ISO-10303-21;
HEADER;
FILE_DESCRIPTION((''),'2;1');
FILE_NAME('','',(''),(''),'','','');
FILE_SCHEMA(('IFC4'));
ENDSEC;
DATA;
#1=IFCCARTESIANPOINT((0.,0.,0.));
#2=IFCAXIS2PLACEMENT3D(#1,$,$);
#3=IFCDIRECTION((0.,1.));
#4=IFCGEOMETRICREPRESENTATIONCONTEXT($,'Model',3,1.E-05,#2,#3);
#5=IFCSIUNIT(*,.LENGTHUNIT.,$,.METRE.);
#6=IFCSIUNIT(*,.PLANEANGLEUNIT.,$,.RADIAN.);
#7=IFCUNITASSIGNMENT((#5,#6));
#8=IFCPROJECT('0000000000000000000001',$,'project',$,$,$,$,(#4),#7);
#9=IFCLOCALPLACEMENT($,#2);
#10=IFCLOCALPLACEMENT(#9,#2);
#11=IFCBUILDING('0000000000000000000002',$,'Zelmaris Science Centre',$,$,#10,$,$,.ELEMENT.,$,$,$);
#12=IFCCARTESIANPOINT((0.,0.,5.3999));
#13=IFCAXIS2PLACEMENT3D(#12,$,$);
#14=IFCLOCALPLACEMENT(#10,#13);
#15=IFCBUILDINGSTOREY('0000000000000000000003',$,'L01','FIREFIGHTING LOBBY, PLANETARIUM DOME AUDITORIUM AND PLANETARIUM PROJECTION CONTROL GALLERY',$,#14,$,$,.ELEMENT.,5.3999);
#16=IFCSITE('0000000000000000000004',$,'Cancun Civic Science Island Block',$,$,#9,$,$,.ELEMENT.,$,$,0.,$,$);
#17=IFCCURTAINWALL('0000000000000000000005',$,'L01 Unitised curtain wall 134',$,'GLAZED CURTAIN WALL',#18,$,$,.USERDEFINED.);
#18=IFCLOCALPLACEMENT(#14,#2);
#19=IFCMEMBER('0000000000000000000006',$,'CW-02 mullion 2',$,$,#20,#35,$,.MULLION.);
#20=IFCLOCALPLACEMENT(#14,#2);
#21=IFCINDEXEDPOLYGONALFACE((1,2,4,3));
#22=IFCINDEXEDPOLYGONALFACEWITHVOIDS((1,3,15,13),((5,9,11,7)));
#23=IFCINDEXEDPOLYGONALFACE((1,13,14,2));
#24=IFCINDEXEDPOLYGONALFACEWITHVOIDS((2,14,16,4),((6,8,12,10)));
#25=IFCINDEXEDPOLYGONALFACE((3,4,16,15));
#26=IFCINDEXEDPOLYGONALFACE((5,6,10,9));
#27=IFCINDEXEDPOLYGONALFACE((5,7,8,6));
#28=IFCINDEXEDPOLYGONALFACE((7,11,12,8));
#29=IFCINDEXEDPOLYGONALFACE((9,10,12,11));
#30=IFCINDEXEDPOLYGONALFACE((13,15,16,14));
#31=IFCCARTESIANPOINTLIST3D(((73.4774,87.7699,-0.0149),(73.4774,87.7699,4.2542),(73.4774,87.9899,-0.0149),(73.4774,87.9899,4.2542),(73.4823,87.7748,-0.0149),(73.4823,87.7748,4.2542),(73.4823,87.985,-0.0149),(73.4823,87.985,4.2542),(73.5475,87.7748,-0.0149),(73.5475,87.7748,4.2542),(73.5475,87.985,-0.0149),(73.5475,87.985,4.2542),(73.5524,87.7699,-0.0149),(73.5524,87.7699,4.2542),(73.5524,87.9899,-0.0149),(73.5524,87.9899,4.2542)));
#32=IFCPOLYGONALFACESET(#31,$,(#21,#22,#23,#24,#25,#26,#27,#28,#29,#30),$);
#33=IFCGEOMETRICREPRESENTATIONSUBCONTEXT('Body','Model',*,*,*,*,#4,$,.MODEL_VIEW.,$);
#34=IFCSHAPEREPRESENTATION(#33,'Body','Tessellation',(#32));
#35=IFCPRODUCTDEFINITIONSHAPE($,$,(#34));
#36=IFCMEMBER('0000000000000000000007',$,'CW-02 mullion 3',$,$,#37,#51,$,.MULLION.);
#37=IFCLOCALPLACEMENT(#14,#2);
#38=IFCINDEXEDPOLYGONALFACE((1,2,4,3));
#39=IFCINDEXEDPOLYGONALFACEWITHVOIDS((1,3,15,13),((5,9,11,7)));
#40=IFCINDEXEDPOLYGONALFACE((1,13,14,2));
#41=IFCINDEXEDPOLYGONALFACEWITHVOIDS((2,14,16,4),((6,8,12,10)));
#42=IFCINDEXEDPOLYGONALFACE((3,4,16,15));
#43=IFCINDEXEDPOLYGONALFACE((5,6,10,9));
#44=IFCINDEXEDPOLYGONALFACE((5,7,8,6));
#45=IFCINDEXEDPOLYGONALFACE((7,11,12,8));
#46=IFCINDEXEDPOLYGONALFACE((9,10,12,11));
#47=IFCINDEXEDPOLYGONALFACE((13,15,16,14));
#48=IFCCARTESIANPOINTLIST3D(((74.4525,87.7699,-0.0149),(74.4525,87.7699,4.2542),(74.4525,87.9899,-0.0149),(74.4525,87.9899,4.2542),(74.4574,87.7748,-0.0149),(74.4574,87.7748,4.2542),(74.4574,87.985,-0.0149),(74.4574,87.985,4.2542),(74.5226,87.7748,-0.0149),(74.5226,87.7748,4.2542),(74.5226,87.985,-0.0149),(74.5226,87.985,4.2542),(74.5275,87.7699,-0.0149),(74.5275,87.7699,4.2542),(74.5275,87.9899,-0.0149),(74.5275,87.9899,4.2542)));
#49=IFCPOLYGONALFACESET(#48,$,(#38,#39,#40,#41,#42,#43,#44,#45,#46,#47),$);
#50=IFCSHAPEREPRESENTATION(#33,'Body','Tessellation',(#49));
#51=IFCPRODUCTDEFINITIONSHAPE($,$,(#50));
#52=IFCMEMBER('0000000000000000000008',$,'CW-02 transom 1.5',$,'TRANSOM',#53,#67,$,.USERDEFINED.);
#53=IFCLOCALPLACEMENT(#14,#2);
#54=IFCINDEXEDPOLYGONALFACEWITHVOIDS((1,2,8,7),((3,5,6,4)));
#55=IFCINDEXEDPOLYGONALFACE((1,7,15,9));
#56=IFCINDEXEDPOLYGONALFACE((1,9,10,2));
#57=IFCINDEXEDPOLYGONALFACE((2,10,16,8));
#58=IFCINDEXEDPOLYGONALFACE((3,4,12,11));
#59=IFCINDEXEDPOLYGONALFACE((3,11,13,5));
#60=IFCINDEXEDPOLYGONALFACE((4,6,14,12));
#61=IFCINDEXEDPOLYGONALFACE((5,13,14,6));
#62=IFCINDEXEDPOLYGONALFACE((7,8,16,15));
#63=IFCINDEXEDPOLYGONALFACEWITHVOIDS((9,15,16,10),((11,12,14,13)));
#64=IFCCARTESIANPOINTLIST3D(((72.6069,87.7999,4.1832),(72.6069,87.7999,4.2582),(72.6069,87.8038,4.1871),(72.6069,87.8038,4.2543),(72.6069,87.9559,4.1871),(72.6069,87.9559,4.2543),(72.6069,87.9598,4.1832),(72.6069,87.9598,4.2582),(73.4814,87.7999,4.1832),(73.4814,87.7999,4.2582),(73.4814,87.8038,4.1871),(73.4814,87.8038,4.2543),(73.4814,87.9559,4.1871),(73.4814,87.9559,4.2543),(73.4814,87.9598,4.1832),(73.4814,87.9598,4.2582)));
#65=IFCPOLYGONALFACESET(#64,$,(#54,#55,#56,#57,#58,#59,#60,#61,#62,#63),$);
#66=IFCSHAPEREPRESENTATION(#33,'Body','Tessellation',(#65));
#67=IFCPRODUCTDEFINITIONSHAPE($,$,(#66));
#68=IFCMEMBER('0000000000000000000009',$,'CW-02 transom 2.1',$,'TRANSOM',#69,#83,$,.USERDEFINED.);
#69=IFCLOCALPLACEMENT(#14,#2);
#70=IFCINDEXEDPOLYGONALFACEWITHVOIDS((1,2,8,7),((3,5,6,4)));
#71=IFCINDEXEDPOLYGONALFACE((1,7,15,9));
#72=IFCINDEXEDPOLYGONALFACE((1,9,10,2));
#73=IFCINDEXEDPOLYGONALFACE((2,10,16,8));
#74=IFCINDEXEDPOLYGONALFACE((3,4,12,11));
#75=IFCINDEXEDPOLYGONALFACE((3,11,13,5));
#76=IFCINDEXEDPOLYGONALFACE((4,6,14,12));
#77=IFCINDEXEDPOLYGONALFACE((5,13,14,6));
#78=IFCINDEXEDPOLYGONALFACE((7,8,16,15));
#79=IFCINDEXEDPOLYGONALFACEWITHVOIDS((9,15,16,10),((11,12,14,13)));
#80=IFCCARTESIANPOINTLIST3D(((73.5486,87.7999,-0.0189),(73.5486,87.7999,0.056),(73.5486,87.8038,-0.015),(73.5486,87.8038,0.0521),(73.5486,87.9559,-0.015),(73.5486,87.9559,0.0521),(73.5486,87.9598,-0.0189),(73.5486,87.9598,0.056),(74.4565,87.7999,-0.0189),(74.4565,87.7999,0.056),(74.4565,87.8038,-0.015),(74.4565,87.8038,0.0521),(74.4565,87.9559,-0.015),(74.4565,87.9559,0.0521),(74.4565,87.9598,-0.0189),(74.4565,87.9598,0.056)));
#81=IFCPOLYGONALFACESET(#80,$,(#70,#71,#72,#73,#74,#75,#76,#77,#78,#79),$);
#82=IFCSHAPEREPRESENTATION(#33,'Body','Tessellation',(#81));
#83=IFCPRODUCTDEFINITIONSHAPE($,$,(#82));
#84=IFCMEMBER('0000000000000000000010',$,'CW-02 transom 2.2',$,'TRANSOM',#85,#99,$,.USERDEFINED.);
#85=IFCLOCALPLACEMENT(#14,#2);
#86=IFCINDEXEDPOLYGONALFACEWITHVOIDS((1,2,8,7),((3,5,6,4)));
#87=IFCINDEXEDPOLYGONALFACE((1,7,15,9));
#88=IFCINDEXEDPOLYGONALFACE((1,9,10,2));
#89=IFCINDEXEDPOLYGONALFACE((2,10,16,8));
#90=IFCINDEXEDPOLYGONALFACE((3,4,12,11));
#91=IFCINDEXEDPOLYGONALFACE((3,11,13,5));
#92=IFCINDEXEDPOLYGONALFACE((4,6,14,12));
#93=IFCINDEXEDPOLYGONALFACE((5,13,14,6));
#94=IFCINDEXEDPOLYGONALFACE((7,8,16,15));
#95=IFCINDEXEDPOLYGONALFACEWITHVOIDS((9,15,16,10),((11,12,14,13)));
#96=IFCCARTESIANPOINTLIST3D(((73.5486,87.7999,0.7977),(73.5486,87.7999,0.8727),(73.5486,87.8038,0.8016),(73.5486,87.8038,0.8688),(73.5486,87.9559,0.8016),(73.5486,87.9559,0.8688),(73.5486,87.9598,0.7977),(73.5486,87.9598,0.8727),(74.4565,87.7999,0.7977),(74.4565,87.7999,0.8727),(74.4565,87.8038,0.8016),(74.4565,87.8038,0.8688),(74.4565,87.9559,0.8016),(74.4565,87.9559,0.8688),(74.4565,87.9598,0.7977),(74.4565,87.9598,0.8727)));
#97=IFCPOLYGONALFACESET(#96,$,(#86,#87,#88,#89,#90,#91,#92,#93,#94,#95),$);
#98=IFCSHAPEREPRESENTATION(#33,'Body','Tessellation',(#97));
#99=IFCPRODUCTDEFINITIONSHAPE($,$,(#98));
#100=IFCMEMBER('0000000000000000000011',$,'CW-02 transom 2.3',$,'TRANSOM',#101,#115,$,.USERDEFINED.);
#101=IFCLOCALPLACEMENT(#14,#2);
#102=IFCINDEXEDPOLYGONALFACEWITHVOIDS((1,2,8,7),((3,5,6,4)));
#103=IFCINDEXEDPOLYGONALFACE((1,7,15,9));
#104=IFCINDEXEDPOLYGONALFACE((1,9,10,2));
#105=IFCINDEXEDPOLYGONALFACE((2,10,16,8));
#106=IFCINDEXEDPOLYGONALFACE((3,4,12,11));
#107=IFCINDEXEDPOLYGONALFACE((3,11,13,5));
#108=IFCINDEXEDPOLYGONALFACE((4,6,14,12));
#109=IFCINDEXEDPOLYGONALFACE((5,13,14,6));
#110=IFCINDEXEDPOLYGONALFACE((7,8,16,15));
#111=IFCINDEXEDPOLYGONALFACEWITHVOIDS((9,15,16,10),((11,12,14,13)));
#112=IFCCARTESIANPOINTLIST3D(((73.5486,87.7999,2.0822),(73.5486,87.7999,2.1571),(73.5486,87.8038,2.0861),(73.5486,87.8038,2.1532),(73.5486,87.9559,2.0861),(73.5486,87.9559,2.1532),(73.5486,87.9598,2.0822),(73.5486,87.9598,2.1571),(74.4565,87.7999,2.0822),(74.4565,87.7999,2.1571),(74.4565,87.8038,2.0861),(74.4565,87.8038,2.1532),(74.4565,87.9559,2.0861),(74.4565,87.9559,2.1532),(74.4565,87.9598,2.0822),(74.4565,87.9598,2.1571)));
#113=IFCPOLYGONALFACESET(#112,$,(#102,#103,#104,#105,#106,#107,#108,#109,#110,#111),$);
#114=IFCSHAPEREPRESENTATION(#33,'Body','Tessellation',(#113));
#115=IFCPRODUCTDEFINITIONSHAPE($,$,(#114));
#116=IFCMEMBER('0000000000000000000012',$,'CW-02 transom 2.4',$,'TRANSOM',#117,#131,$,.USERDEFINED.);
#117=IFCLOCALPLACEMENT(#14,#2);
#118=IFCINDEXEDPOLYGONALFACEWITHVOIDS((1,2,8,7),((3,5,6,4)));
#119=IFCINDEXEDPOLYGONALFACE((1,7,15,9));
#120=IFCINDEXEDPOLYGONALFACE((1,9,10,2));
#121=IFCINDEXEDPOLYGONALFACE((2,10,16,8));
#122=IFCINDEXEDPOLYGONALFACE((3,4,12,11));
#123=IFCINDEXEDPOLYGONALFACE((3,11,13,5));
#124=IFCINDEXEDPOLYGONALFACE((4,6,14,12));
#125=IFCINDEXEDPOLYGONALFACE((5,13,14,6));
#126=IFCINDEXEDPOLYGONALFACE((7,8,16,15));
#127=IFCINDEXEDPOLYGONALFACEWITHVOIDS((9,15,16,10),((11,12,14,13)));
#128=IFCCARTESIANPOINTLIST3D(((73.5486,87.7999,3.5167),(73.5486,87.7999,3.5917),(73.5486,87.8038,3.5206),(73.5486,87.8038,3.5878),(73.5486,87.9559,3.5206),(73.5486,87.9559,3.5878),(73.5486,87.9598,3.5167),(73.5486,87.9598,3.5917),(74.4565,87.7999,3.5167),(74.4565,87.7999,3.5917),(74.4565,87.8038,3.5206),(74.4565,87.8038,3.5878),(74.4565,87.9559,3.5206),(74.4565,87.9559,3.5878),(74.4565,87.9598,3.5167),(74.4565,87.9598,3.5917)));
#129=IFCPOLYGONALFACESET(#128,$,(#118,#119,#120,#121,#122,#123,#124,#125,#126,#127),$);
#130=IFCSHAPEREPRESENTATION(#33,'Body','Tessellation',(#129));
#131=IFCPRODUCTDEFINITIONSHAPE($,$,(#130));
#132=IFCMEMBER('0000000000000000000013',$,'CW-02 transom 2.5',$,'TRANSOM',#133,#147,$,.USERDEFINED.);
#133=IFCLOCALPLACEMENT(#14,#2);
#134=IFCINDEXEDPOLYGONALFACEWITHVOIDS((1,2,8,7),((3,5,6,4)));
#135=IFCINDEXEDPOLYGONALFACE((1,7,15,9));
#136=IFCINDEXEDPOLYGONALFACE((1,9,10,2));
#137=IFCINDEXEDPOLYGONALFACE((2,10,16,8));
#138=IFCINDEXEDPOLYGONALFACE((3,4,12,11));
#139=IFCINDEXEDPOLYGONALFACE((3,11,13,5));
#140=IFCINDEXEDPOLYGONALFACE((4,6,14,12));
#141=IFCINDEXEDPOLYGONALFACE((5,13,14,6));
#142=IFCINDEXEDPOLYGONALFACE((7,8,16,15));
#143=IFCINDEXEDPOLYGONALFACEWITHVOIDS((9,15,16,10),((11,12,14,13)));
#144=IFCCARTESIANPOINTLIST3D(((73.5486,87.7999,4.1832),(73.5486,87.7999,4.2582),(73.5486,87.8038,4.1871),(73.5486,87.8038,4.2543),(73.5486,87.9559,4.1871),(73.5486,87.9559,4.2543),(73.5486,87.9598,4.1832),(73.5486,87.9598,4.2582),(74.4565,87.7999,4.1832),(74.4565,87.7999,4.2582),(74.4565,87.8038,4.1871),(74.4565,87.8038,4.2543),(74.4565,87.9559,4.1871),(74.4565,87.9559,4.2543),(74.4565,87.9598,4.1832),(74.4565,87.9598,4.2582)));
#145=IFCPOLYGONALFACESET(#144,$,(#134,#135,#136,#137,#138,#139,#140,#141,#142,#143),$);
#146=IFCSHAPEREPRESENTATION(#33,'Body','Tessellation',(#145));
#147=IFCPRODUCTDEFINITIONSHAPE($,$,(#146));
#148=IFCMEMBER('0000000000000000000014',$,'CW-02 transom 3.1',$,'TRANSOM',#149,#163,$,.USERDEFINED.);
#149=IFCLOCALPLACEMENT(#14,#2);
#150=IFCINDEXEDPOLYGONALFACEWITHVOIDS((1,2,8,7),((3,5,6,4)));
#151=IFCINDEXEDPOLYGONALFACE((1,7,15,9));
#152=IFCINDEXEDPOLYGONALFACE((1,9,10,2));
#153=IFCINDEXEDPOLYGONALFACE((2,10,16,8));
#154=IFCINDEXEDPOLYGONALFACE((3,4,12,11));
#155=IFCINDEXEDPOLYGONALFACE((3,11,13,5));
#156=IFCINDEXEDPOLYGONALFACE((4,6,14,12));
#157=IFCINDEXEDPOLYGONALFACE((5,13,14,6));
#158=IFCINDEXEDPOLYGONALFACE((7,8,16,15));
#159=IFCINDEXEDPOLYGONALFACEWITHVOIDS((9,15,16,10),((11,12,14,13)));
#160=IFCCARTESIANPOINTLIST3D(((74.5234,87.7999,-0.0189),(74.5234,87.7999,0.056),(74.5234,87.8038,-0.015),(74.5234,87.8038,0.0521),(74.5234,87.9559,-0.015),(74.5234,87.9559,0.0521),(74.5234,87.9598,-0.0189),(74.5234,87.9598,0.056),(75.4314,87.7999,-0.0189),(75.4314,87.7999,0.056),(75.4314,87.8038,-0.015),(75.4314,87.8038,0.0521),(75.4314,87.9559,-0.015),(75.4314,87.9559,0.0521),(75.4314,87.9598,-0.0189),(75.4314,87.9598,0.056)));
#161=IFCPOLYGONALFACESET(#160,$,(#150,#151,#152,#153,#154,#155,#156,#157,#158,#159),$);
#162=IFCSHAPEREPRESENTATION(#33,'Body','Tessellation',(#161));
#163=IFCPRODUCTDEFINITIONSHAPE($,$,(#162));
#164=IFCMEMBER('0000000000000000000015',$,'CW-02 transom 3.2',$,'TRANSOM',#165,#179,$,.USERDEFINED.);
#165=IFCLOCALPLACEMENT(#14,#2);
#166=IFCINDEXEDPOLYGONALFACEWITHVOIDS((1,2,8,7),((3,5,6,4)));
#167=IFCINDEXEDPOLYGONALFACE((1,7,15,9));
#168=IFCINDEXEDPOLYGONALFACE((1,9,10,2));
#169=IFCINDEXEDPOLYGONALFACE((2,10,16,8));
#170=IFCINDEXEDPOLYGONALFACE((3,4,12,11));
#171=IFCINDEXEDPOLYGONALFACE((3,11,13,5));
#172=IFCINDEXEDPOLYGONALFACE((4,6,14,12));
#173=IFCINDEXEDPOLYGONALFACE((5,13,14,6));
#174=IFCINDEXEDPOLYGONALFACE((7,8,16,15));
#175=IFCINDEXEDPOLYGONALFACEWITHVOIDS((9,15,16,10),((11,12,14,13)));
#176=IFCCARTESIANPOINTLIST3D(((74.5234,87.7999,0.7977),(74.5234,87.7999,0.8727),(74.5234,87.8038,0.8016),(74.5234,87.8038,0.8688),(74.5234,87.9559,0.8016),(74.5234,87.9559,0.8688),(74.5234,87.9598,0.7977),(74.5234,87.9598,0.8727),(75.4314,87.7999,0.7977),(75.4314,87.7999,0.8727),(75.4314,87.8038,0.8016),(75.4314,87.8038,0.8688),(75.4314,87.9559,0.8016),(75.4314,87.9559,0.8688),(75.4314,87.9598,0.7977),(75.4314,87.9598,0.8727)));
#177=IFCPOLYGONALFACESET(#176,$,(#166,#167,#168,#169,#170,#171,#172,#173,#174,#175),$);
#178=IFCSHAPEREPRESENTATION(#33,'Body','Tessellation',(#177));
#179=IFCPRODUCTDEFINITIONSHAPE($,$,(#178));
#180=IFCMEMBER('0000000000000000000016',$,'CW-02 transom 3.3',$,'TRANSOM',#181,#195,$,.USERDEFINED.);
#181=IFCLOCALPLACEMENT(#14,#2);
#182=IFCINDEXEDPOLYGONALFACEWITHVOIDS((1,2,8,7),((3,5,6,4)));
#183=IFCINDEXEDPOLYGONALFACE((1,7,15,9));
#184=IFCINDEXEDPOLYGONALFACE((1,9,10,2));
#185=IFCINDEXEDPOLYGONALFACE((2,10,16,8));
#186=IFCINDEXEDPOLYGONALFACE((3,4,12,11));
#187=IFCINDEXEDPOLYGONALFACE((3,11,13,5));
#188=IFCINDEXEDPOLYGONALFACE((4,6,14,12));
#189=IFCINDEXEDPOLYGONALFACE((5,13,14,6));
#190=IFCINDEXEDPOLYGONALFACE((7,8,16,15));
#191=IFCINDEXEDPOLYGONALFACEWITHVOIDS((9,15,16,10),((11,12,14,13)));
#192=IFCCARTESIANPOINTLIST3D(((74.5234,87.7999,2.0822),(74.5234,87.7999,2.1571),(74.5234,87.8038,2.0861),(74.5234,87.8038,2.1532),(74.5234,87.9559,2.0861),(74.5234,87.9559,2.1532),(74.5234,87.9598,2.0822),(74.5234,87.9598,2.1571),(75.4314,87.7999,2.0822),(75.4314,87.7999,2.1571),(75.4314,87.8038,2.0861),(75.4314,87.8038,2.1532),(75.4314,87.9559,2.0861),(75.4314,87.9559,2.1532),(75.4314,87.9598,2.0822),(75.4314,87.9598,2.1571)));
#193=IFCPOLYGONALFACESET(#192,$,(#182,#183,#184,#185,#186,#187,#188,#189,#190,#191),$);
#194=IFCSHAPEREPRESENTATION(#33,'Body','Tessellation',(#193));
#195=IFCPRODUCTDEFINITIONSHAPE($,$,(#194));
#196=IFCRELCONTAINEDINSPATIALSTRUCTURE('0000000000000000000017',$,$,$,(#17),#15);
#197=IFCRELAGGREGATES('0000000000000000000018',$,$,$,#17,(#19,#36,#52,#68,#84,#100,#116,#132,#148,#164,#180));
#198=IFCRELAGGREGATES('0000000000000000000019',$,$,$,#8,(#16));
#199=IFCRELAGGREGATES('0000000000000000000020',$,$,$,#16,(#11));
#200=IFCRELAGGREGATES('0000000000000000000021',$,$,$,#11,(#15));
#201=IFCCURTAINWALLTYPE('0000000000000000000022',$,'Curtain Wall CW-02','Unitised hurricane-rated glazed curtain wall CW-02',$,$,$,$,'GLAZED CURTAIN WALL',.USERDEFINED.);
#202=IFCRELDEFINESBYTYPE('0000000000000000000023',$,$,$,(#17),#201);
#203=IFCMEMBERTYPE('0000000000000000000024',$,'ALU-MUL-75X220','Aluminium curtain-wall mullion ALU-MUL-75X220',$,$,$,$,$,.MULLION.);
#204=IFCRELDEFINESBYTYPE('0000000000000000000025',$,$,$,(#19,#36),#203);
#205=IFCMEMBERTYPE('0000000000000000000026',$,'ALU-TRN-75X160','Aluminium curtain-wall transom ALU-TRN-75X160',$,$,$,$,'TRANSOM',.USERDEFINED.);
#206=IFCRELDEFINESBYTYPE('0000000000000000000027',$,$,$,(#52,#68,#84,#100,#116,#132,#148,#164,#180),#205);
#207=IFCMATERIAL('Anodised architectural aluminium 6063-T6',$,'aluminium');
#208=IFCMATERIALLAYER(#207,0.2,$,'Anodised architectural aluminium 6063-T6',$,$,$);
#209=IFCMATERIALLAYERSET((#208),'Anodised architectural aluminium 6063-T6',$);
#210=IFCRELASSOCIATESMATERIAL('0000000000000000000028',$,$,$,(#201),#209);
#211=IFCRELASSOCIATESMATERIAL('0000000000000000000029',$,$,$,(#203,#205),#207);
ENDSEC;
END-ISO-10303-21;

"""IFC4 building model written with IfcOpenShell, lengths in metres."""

from ifc_helpers import new_model, si_unit, direction, frame, origin, origin_2d, place, context, subcontext, project, spatial, hollow_rectangle, extrude, material, layer, layer_set, material_profile, profile_set, type_object, element, aggregate, save


model = new_model("IFC4")

# Units and contexts
model_context = context("Model", 3, precision=1e-05, world=origin(), true_north=direction((0.0, 1.0)))
body_context = subcontext(model_context, "Body", "Model", "MODEL_VIEW")
ifc_project = project(units=[si_unit("LENGTHUNIT", "METRE"), si_unit("PLANEANGLEUNIT", "RADIAN")], contexts=[model_context])

# Site, building, storey
site_placement = place(None, origin())
site = spatial("IfcSite", under=ifc_project, at=site_placement, Name="Cancun Civic Science Island Block", CompositionType="ELEMENT", RefElevation=0.0)
building_placement = place(site_placement, origin())
building = spatial("IfcBuilding", under=site, at=building_placement, Name="Zelmaris Science Centre", CompositionType="ELEMENT")
storey_placement = place(building_placement, frame((0.0, 0.0, 5.3999)))
storey = spatial("IfcBuildingStorey", under=building, at=storey_placement, Name="L01", Description="FIREFIGHTING LOBBY, PLANETARIUM DOME AUDITORIUM AND PLANETARIUM PROJECTION CONTROL GALLERY", CompositionType="ELEMENT", Elevation=5.3999)

# Curtain wall, members
ifc_material_1 = material(Name="Anodised architectural aluminium 6063-T6", Category="aluminium")
ifc_layer_1 = layer(ifc_material_1, 0.2, Name="Anodised architectural aluminium 6063-T6")
ifc_layer_set_1 = layer_set([ifc_layer_1], Name="Anodised architectural aluminium 6063-T6")
curtain_wall_type = type_object("IfcCurtainWallType", Name="Curtain Wall CW-02", Description="Unitised hurricane-rated glazed curtain wall CW-02", ElementType="GLAZED CURTAIN WALL", PredefinedType="USERDEFINED", material=ifc_layer_set_1)
curtain_wall_placement = place(storey_placement, origin())
curtain_wall = element("IfcCurtainWall", 1, at=curtain_wall_placement, inside=storey, type_object=curtain_wall_type, Name="L01 Unitised curtain wall 134", ObjectType="GLAZED CURTAIN WALL", PredefinedType="USERDEFINED")
ifc_material_profile_1 = material_profile(ifc_material_1, hollow_rectangle(XDim=0.075, YDim=0.22, WallThickness=0.0049, at=origin_2d()), Name="ALU-MUL-75X220")
ifc_profile_set_1 = profile_set([ifc_material_profile_1], Name="Anodised architectural aluminium 6063-T6")
member_type_1 = type_object("IfcMemberType", Name="ALU-MUL-75X220", Description="Aluminium curtain-wall mullion ALU-MUL-75X220", PredefinedType="MULLION", material=ifc_profile_set_1)
member_1_placement = place(storey_placement, frame((73.5149, 87.8799, -0.0149), z_axis=(0.0, 0.0, 1.0), x_axis=(1.0, 0.0, 0.0)))
member_1 = element("IfcMember", 2, at=member_1_placement, type_object=member_type_1, Name="CW-02 mullion 2", PredefinedType="MULLION", context=body_context, shape_type="SweptSolid", body=[
    extrude(hollow_rectangle(XDim=0.075, YDim=0.22, WallThickness=0.0049, at=origin_2d()), origin(), (0.0, 0.0, 1.0), 4.269),
])
member_2_placement = place(storey_placement, frame((74.49, 87.8799, -0.0149), z_axis=(0.0, 0.0, 1.0), x_axis=(1.0, 0.0, 0.0)))
member_2 = element("IfcMember", 3, at=member_2_placement, type_object=member_type_1, Name="CW-02 mullion 3", PredefinedType="MULLION", context=body_context, shape_type="SweptSolid", body=[
    extrude(hollow_rectangle(XDim=0.075, YDim=0.22, WallThickness=0.0049, at=origin_2d()), origin(), (0.0, 0.0, 1.0), 4.269),
])
ifc_material_profile_2 = material_profile(ifc_material_1, hollow_rectangle(XDim=0.075, YDim=0.1599, WallThickness=0.0039, at=origin_2d()), Name="ALU-TRN-75X160")
ifc_profile_set_2 = profile_set([ifc_material_profile_2], Name="Anodised architectural aluminium 6063-T6")
member_type_2 = type_object("IfcMemberType", Name="ALU-TRN-75X160", Description="Aluminium curtain-wall transom ALU-TRN-75X160", ElementType="TRANSOM", PredefinedType="USERDEFINED", material=ifc_profile_set_2)
member_3_placement = place(storey_placement, frame((72.6069, 87.8799, 4.2207), z_axis=(1.0, 0.0, 0.0), x_axis=(0.0, 0.0, 1.0)))
member_3 = element("IfcMember", 4, at=member_3_placement, type_object=member_type_2, Name="CW-02 transom 1.5", ObjectType="TRANSOM", PredefinedType="USERDEFINED", context=body_context, shape_type="SweptSolid", body=[
    extrude(hollow_rectangle(XDim=0.075, YDim=0.1599, WallThickness=0.0039, at=origin_2d()), origin(), (0.0, 0.0, 1.0), 0.8745),
])
member_4_placement = place(storey_placement, frame((73.5486, 87.8799, 0.0186), z_axis=(1.0, 0.0, 0.0), x_axis=(0.0, 0.0, 1.0)))
member_4 = element("IfcMember", 5, at=member_4_placement, type_object=member_type_2, Name="CW-02 transom 2.1", ObjectType="TRANSOM", PredefinedType="USERDEFINED", context=body_context, shape_type="SweptSolid", body=[
    extrude(hollow_rectangle(XDim=0.075, YDim=0.1599, WallThickness=0.0039, at=origin_2d()), origin(), (0.0, 0.0, 1.0), 0.908),
])
member_5_placement = place(storey_placement, frame((73.5486, 87.8799, 0.8352), z_axis=(1.0, 0.0, 0.0), x_axis=(0.0, 0.0, 1.0)))
member_5 = element("IfcMember", 6, at=member_5_placement, type_object=member_type_2, Name="CW-02 transom 2.2", ObjectType="TRANSOM", PredefinedType="USERDEFINED", context=body_context, shape_type="SweptSolid", body=[
    extrude(hollow_rectangle(XDim=0.075, YDim=0.1599, WallThickness=0.0039, at=origin_2d()), origin(), (0.0, 0.0, 1.0), 0.908),
])
member_6_placement = place(storey_placement, frame((73.5486, 87.8799, 2.1196), z_axis=(1.0, 0.0, 0.0), x_axis=(0.0, 0.0, 1.0)))
member_6 = element("IfcMember", 7, at=member_6_placement, type_object=member_type_2, Name="CW-02 transom 2.3", ObjectType="TRANSOM", PredefinedType="USERDEFINED", context=body_context, shape_type="SweptSolid", body=[
    extrude(hollow_rectangle(XDim=0.075, YDim=0.1599, WallThickness=0.0039, at=origin_2d()), origin(), (0.0, 0.0, 1.0), 0.908),
])
member_7_placement = place(storey_placement, frame((73.5486, 87.8799, 3.5542), z_axis=(1.0, 0.0, 0.0), x_axis=(0.0, 0.0, 1.0)))
member_7 = element("IfcMember", 8, at=member_7_placement, type_object=member_type_2, Name="CW-02 transom 2.4", ObjectType="TRANSOM", PredefinedType="USERDEFINED", context=body_context, shape_type="SweptSolid", body=[
    extrude(hollow_rectangle(XDim=0.075, YDim=0.1599, WallThickness=0.0039, at=origin_2d()), origin(), (0.0, 0.0, 1.0), 0.908),
])
member_8_placement = place(storey_placement, frame((73.5486, 87.8799, 4.2207), z_axis=(1.0, 0.0, 0.0), x_axis=(0.0, 0.0, 1.0)))
member_8 = element("IfcMember", 9, at=member_8_placement, type_object=member_type_2, Name="CW-02 transom 2.5", ObjectType="TRANSOM", PredefinedType="USERDEFINED", context=body_context, shape_type="SweptSolid", body=[
    extrude(hollow_rectangle(XDim=0.075, YDim=0.1599, WallThickness=0.0039, at=origin_2d()), origin(), (0.0, 0.0, 1.0), 0.908),
])
member_9_placement = place(storey_placement, frame((74.5234, 87.8799, 0.0186), z_axis=(1.0, 0.0, 0.0), x_axis=(0.0, 0.0, 1.0)))
member_9 = element("IfcMember", 10, at=member_9_placement, type_object=member_type_2, Name="CW-02 transom 3.1", ObjectType="TRANSOM", PredefinedType="USERDEFINED", context=body_context, shape_type="SweptSolid", body=[
    extrude(hollow_rectangle(XDim=0.075, YDim=0.1599, WallThickness=0.0039, at=origin_2d()), origin(), (0.0, 0.0, 1.0), 0.908),
])
member_10_placement = place(storey_placement, frame((74.5234, 87.8799, 0.8352), z_axis=(1.0, 0.0, 0.0), x_axis=(0.0, 0.0, 1.0)))
member_10 = element("IfcMember", 11, at=member_10_placement, type_object=member_type_2, Name="CW-02 transom 3.2", ObjectType="TRANSOM", PredefinedType="USERDEFINED", context=body_context, shape_type="SweptSolid", body=[
    extrude(hollow_rectangle(XDim=0.075, YDim=0.1599, WallThickness=0.0039, at=origin_2d()), origin(), (0.0, 0.0, 1.0), 0.908),
])
member_11_placement = place(storey_placement, frame((74.5234, 87.8799, 2.1196), z_axis=(1.0, 0.0, 0.0), x_axis=(0.0, 0.0, 1.0)))
member_11 = element("IfcMember", 12, at=member_11_placement, type_object=member_type_2, Name="CW-02 transom 3.3", ObjectType="TRANSOM", PredefinedType="USERDEFINED", context=body_context, shape_type="SweptSolid", body=[
    extrude(hollow_rectangle(XDim=0.075, YDim=0.1599, WallThickness=0.0039, at=origin_2d()), origin(), (0.0, 0.0, 1.0), 0.908),
])
aggregate(curtain_wall, [member_1, member_2, member_3, member_4, member_5, member_6, member_7, member_8, member_9, member_10, member_11])

save(model, "model.ifc")
